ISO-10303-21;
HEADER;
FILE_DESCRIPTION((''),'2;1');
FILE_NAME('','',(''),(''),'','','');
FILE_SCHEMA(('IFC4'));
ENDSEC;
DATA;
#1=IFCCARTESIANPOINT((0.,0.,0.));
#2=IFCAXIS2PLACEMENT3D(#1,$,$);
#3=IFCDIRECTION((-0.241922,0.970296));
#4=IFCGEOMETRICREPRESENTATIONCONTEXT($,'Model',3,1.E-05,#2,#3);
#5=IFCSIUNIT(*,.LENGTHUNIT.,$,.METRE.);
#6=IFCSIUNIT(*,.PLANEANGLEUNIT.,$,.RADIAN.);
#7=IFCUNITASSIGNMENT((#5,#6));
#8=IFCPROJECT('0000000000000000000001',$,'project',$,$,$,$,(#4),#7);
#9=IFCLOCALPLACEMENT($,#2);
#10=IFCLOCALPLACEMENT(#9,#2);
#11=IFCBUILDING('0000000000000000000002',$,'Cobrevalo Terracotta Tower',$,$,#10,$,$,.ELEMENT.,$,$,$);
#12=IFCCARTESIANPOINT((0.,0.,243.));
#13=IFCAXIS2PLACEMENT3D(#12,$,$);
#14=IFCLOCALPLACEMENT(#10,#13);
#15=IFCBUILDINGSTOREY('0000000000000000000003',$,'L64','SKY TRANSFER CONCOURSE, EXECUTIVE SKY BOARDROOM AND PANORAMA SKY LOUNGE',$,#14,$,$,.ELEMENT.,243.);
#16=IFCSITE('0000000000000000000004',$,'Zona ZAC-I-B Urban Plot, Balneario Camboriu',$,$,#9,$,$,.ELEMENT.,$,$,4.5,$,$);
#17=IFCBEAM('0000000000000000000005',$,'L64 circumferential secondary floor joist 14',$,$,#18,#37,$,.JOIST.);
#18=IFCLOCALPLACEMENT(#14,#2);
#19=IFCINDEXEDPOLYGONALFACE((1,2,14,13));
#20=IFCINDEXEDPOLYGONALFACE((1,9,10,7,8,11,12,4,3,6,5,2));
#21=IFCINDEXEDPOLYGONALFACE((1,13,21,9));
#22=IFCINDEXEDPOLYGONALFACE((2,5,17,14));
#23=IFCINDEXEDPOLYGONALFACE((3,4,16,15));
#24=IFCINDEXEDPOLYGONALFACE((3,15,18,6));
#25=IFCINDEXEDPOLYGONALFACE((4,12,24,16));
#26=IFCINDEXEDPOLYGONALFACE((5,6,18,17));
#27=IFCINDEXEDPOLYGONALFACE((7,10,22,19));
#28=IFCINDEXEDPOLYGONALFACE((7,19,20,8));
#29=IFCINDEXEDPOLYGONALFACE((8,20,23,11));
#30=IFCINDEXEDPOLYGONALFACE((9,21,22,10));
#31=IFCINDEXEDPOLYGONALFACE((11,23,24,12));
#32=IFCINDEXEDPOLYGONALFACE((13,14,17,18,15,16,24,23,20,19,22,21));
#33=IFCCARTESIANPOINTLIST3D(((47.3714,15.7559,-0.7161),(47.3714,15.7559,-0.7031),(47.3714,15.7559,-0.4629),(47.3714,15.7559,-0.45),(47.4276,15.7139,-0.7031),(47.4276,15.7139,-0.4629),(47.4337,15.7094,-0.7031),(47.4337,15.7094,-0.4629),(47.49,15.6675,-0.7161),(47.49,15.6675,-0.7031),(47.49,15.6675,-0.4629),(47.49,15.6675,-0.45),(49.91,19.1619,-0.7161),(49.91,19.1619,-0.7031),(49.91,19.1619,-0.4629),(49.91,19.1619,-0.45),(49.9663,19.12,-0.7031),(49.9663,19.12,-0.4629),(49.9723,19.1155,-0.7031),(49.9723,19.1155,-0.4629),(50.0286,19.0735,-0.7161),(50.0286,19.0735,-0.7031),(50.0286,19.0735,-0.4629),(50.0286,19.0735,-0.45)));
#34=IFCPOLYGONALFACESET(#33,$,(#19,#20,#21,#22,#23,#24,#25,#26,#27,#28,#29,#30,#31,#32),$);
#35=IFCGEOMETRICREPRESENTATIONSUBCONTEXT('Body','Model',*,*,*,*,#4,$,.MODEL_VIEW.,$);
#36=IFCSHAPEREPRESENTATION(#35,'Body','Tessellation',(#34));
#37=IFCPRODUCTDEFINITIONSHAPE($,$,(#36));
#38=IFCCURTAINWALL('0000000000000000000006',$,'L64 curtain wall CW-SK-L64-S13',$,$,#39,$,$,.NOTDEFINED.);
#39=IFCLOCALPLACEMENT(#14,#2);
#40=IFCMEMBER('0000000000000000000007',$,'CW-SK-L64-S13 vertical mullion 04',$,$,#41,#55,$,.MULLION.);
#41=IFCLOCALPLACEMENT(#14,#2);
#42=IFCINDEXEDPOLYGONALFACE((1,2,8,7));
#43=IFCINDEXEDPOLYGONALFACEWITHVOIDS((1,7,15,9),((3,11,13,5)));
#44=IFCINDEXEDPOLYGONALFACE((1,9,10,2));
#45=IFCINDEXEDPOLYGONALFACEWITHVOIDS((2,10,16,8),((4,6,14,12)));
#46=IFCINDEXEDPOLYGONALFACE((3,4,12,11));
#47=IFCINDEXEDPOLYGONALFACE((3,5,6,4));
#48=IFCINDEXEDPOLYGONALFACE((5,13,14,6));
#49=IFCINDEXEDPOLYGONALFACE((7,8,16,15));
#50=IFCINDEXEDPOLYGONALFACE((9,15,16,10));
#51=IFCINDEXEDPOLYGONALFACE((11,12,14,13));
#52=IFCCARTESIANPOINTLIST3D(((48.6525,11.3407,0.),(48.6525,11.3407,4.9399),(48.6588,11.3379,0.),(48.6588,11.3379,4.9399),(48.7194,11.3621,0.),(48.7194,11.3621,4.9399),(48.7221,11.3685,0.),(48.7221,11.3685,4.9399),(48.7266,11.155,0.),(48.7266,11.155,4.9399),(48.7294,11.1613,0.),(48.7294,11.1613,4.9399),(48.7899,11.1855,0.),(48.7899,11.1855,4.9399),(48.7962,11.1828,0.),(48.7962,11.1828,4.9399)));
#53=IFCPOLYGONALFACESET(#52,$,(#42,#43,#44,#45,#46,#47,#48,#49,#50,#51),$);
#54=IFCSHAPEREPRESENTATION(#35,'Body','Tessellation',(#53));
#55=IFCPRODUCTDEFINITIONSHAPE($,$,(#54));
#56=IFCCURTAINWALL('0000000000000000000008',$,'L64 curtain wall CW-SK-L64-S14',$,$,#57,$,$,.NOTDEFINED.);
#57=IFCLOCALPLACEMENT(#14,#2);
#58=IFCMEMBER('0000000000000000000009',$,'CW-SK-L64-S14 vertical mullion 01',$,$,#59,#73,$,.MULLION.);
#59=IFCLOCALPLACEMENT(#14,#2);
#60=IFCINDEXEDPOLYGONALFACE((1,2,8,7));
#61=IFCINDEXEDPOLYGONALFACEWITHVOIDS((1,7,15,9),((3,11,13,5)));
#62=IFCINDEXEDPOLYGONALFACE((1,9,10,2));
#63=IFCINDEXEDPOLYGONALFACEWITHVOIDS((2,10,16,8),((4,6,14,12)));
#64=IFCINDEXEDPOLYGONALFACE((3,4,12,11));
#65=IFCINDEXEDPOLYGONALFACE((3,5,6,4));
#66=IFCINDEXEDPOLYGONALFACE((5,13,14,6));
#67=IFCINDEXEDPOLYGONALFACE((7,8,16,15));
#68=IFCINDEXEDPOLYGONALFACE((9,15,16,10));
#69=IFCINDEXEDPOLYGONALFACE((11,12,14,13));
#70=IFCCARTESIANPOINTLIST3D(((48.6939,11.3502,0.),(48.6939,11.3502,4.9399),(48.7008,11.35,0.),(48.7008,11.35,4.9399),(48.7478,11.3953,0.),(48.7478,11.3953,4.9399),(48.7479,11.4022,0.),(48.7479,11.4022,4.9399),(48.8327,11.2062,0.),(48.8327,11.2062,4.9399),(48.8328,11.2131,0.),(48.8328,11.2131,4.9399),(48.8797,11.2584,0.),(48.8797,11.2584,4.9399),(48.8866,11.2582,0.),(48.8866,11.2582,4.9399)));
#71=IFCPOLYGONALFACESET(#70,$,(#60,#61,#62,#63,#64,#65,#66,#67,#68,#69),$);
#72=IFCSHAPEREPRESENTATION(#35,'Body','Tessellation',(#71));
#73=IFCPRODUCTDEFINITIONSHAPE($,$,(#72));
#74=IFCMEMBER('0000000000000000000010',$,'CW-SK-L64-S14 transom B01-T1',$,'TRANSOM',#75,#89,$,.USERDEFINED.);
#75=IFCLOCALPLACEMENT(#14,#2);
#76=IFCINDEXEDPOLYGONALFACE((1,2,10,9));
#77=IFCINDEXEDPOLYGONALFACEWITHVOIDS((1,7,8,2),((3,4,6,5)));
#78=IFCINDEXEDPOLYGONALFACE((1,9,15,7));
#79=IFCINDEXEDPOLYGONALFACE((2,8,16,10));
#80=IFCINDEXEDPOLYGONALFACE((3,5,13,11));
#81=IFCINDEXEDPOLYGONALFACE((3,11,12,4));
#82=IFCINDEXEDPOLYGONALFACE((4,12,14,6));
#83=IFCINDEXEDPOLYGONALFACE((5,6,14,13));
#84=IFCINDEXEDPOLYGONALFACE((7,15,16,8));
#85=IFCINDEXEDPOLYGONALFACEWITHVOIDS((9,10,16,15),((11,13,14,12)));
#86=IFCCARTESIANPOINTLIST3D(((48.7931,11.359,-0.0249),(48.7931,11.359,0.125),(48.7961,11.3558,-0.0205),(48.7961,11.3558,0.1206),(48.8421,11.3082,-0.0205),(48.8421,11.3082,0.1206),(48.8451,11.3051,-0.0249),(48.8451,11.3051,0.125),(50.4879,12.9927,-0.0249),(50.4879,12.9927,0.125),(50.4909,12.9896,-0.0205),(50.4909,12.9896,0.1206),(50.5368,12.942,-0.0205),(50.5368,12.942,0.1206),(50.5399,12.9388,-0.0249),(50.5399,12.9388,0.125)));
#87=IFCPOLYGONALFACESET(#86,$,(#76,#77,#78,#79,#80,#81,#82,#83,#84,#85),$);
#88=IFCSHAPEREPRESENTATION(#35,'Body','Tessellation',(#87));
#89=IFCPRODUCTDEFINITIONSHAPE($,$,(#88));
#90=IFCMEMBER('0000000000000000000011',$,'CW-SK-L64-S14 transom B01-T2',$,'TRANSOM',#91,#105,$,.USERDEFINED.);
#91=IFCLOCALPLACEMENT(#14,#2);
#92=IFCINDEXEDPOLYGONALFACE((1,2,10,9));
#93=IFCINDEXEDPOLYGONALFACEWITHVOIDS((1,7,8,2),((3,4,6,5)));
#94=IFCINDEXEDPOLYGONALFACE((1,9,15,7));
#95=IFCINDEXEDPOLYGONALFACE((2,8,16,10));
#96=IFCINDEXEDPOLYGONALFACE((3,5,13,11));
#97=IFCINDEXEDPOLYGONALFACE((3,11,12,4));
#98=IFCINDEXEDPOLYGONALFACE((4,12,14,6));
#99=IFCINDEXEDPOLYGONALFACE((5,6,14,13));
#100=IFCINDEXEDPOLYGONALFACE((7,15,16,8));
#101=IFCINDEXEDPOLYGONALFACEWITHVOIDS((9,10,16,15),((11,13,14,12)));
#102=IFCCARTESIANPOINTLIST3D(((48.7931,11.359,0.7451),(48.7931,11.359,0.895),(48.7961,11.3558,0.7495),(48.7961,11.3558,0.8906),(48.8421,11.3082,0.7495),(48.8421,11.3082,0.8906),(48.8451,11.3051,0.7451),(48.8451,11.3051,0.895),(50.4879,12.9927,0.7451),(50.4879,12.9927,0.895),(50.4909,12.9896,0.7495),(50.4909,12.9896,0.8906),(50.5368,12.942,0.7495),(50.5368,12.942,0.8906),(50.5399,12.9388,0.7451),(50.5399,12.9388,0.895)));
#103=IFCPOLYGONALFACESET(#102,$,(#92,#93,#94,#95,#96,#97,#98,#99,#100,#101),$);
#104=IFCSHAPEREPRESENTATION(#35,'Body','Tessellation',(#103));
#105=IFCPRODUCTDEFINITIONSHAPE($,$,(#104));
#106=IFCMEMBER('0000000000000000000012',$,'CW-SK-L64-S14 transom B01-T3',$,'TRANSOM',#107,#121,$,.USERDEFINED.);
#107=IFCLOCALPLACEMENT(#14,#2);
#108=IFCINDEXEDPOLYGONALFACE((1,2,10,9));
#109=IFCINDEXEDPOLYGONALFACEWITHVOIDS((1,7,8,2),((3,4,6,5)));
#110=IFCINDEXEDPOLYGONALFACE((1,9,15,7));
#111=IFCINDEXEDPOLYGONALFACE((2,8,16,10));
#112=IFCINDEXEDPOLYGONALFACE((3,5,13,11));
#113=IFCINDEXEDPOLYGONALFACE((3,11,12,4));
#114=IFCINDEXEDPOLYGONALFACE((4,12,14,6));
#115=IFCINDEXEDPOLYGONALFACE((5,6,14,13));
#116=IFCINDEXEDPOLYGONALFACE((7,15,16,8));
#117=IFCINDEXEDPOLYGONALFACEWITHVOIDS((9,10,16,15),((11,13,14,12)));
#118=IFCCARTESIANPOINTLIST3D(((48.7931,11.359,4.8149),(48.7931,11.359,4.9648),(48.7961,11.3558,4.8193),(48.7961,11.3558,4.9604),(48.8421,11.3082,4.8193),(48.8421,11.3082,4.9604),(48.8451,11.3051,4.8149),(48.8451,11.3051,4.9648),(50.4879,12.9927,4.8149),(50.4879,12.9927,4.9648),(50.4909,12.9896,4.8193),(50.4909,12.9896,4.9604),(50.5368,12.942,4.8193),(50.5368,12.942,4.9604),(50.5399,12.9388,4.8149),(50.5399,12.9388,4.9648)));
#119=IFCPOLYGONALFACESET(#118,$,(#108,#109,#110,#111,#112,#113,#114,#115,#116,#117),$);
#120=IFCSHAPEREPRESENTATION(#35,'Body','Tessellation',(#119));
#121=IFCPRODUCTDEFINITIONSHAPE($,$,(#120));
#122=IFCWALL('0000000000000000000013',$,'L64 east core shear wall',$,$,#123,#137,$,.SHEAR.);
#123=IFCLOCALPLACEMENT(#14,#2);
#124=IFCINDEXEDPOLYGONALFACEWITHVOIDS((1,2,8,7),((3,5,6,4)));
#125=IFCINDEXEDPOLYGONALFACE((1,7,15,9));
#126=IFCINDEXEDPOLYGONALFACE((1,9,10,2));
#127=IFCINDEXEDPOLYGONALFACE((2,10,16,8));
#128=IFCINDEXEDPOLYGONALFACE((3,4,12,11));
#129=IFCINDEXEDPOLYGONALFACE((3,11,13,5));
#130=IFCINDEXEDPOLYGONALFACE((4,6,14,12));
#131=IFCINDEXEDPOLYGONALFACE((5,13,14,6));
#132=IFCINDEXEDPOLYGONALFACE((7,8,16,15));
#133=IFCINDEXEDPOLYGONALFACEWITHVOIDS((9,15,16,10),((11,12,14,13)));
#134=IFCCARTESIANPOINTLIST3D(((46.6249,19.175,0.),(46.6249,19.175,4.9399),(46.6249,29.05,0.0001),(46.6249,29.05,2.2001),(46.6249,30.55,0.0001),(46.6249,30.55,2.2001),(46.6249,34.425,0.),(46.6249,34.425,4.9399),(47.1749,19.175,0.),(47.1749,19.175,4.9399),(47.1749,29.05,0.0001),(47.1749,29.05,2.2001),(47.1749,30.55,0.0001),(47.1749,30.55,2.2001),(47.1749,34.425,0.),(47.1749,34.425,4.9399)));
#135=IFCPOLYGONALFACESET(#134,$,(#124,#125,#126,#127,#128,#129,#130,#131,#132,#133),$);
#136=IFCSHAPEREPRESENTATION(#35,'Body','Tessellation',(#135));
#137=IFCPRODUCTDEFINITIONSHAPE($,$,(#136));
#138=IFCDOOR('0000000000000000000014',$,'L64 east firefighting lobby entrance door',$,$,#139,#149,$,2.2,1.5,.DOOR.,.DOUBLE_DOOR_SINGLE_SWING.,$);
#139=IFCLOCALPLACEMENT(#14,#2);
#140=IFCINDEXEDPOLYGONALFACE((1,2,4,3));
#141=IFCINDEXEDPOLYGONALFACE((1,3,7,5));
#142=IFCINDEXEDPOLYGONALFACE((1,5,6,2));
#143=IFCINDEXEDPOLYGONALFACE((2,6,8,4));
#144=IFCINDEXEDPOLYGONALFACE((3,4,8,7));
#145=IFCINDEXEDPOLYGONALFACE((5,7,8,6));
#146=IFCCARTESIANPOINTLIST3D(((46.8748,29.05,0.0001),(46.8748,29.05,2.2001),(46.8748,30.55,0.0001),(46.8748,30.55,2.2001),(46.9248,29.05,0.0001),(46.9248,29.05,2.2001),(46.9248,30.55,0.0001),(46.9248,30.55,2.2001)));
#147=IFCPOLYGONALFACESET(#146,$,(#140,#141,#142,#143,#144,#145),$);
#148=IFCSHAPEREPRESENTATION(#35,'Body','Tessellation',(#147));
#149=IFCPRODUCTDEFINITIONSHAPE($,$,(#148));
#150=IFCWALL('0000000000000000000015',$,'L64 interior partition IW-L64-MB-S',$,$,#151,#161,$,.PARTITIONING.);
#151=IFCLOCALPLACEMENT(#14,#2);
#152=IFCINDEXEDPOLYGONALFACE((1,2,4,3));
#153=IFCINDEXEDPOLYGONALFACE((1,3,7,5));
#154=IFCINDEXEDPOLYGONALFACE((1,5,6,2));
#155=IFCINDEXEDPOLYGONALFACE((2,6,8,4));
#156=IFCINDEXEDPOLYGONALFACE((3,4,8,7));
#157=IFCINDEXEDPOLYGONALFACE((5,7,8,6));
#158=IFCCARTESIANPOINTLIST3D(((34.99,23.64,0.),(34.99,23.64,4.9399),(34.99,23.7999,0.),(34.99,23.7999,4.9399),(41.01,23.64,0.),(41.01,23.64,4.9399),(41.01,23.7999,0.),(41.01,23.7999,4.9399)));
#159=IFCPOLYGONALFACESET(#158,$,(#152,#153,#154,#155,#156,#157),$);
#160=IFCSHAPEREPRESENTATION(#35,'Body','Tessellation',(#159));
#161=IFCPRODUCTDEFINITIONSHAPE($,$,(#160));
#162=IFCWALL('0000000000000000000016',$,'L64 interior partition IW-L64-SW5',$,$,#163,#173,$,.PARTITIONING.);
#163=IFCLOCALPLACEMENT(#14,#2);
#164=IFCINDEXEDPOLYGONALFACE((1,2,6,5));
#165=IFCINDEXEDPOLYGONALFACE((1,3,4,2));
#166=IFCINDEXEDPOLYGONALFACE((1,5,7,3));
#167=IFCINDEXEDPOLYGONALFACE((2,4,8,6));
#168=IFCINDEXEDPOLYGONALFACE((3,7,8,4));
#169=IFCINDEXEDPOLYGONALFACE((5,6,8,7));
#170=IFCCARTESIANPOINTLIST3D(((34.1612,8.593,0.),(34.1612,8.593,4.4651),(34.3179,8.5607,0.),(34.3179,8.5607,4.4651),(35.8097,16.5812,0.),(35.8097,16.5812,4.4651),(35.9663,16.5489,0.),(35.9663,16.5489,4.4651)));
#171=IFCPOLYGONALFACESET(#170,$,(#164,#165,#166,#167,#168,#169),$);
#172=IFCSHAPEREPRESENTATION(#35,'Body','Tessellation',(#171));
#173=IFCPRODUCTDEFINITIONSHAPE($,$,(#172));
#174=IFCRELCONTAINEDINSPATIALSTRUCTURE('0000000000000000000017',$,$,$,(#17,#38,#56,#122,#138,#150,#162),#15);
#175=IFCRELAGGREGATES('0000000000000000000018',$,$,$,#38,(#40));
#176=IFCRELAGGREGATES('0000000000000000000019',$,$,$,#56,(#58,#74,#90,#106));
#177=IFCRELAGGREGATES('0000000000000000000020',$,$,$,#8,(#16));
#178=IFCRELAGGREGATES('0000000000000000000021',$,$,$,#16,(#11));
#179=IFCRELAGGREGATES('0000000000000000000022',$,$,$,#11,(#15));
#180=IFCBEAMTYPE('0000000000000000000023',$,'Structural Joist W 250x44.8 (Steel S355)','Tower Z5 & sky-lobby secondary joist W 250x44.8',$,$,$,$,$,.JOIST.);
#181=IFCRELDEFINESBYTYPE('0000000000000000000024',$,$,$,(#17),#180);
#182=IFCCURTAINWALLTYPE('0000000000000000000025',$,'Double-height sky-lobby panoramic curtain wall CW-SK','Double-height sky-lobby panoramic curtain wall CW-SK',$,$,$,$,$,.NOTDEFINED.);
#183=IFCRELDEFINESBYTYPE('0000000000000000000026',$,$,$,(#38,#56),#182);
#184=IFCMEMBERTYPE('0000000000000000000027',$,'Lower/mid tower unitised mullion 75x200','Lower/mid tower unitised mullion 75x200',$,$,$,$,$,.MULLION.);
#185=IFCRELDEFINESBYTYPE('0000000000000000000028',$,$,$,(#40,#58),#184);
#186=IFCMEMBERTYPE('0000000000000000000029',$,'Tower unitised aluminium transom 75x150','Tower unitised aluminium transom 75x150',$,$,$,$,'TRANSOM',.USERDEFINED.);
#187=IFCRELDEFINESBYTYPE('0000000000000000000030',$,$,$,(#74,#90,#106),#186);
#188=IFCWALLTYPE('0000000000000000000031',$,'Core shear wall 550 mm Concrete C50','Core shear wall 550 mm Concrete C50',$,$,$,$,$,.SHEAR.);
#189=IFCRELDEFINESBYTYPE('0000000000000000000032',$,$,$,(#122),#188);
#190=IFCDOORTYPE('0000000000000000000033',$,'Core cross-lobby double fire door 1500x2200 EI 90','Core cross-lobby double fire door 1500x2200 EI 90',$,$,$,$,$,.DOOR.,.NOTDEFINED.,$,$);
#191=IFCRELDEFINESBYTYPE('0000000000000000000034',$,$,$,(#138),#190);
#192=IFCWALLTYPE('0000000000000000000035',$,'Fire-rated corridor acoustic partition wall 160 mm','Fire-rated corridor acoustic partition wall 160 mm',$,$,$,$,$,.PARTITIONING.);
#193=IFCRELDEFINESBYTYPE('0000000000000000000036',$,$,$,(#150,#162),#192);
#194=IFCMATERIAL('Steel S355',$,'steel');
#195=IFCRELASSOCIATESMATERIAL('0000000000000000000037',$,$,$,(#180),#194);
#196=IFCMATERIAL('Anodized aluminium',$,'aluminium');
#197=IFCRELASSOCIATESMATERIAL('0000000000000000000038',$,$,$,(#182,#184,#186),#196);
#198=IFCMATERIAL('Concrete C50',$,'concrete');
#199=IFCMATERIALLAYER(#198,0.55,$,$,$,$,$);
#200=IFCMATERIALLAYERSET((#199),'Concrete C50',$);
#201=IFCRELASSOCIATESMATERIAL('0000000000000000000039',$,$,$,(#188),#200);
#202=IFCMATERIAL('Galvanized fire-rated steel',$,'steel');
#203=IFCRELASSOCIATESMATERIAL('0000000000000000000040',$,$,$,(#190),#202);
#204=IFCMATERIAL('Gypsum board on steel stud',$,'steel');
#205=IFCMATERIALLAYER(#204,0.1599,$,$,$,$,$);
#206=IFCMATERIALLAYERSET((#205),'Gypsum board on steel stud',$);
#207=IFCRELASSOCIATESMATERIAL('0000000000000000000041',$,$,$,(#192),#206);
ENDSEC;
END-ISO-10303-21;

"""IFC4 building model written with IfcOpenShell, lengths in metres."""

from ifc_helpers import new_model, si_unit, direction, frame, frame_2d, origin, origin_2d, place, context, subcontext, project, spatial, rectangle, hollow_rectangle, i_section, extrude, source, transform, mapped, material, layer, layer_set, material_profile, profile_set, type_object, element, fill, aggregate, save


model = new_model("IFC4")

# Units and contexts
model_context = context("Model", 3, precision=1e-05, world=origin(), true_north=direction((-0.241922, 0.970296)))
body_context = subcontext(model_context, "Body", "Model", "MODEL_VIEW")
ifc_project = project(units=[si_unit("LENGTHUNIT", "METRE"), si_unit("PLANEANGLEUNIT", "RADIAN")], contexts=[model_context])

# Site, building, storey
site_placement = place(None, origin())
site = spatial("IfcSite", under=ifc_project, at=site_placement, Name="Zona ZAC-I-B Urban Plot, Balneario Camboriu", CompositionType="ELEMENT", RefElevation=4.5)
building_placement = place(site_placement, origin())
building = spatial("IfcBuilding", under=site, at=building_placement, Name="Cobrevalo Terracotta Tower", CompositionType="ELEMENT")
storey_placement = place(building_placement, frame((0.0, 0.0, 243.0)))
storey = spatial("IfcBuildingStorey", under=building, at=storey_placement, Name="L64", Description="SKY TRANSFER CONCOURSE, EXECUTIVE SKY BOARDROOM AND PANORAMA SKY LOUNGE", CompositionType="ELEMENT", Elevation=243.0)

# Shared definitions
ifc_material_1 = material(Name="Steel S355", Category="steel")
ifc_material_2 = material(Name="Concrete C50", Category="concrete")

# Beam
ifc_material_profile_1 = material_profile(ifc_material_1, i_section(OverallWidth=0.1479, OverallDepth=0.2661, WebThickness=0.0076, FlangeThickness=0.0129, at=origin_2d()), Name="W 250x44.8")
ifc_profile_set_1 = profile_set([ifc_material_profile_1], Name="Steel S355")
beam_type_1 = type_object("IfcBeamType", Name="Structural Joist W 250x44.8 (Steel S355)", Description="Tower Z5 & sky-lobby secondary joist W 250x44.8", PredefinedType="JOIST", material=ifc_profile_set_1)
beam_1_placement = place(storey_placement, frame((47.4307, 15.7117, -0.583), z_axis=(0.597597, 0.801796, 0.0), x_axis=(-0.801796, 0.597597, 0.0)))
element("IfcBeam", 1, at=beam_1_placement, inside=storey, type_object=beam_type_1, Name="L64 circumferential secondary floor joist 14", PredefinedType="JOIST", context=body_context, shape_type="SweptSolid", body=[
    extrude(i_section(OverallWidth=0.1479, OverallDepth=0.2661, WebThickness=0.0076, FlangeThickness=0.0129, at=origin_2d()), origin(), (0.0, 0.0, 1.0), 4.248),
])

# Curtain wall, member
ifc_material_3 = material(Name="Anodized aluminium", Category="aluminium")
curtain_wall_type = type_object("IfcCurtainWallType", Name="Double-height sky-lobby panoramic curtain wall CW-SK", Description="Double-height sky-lobby panoramic curtain wall CW-SK", PredefinedType="NOTDEFINED", material=ifc_material_3)
curtain_wall_1_placement = place(storey_placement, origin())
curtain_wall_1 = element("IfcCurtainWall", 2, at=curtain_wall_1_placement, inside=storey, type_object=curtain_wall_type, Name="L64 curtain wall CW-SK-L64-S13", PredefinedType="NOTDEFINED")
ifc_material_profile_2 = material_profile(ifc_material_3, hollow_rectangle(XDim=0.075, YDim=0.2, WallThickness=0.0049, at=origin_2d()), Name="CWM 75x200")
ifc_profile_set_2 = profile_set([ifc_material_profile_2], Name="Anodized aluminium")
member_type_1 = type_object("IfcMemberType", Name="Lower/mid tower unitised mullion 75x200", Description="Lower/mid tower unitised mullion 75x200", PredefinedType="MULLION", material=ifc_profile_set_2)
shared_shape_1 = source(origin(), body_context, "Body", "SweptSolid", [
    extrude(hollow_rectangle(XDim=0.075, YDim=0.2, WallThickness=0.0049, at=origin_2d()), origin(), (0.0, 0.0, 1.0), 4.9399),
])
member_1_placement = place(storey_placement, frame((48.7244, 11.2617, 0.0), z_axis=(0.0, 0.0, 1.0), x_axis=(0.928719, 0.370784, 0.0)))
member_1 = element("IfcMember", 3, at=member_1_placement, type_object=member_type_1, Name="CW-SK-L64-S13 vertical mullion 04", PredefinedType="MULLION", context=body_context, shape_type="MappedRepresentation", body=[
    mapped(shared_shape_1, transform((0.0, 0.0, 0.0), scale=1.0)),
])
aggregate(curtain_wall_1, [member_1])

# Curtain wall, members
curtain_wall_2_placement = place(storey_placement, origin())
curtain_wall_2 = element("IfcCurtainWall", 4, at=curtain_wall_2_placement, inside=storey, type_object=curtain_wall_type, Name="L64 curtain wall CW-SK-L64-S14", PredefinedType="NOTDEFINED")
member_2_placement = place(storey_placement, frame((48.7903, 11.3042, 0.0), z_axis=(0.0, 0.0, 1.0), x_axis=(0.719994, 0.69398, 0.0)))
member_2 = element("IfcMember", 5, at=member_2_placement, type_object=member_type_1, Name="CW-SK-L64-S14 vertical mullion 01", PredefinedType="MULLION", context=body_context, shape_type="MappedRepresentation", body=[
    mapped(shared_shape_1, transform((0.0, 0.0, 0.0), scale=1.0)),
])
ifc_material_profile_3 = material_profile(ifc_material_3, hollow_rectangle(XDim=0.075, YDim=0.1499, WallThickness=0.0044, at=origin_2d()), Name="CWT 75x150")
ifc_profile_set_3 = profile_set([ifc_material_profile_3], Name="Anodized aluminium")
member_type_2 = type_object("IfcMemberType", Name="Tower unitised aluminium transom 75x150", Description="Tower unitised aluminium transom 75x150", ElementType="TRANSOM", PredefinedType="USERDEFINED", material=ifc_profile_set_3)
shared_shape_2 = source(origin(), body_context, "Body", "SweptSolid", [
    extrude(hollow_rectangle(XDim=0.075, YDim=0.1499, WallThickness=0.0044, at=origin_2d()), origin(), (0.0, 0.0, 1.0), 2.354),
])
member_3_placement = place(storey_placement, frame((48.8191, 11.332, 0.05), z_axis=(0.719952, 0.694024, 0.0), x_axis=(-0.694024, 0.719952, 0.0)))
member_3 = element("IfcMember", 6, at=member_3_placement, type_object=member_type_2, Name="CW-SK-L64-S14 transom B01-T1", ObjectType="TRANSOM", PredefinedType="USERDEFINED", context=body_context, shape_type="MappedRepresentation", body=[
    mapped(shared_shape_2, transform((0.0, 0.0, 0.0), scale=1.0)),
])
member_4_placement = place(storey_placement, frame((48.8191, 11.332, 0.8201), z_axis=(0.719952, 0.694024, 0.0), x_axis=(-0.694024, 0.719952, 0.0)))
member_4 = element("IfcMember", 7, at=member_4_placement, type_object=member_type_2, Name="CW-SK-L64-S14 transom B01-T2", ObjectType="TRANSOM", PredefinedType="USERDEFINED", context=body_context, shape_type="MappedRepresentation", body=[
    mapped(shared_shape_2, transform((0.0, 0.0, 0.0), scale=1.0)),
])
member_5_placement = place(storey_placement, frame((48.8191, 11.332, 4.8899), z_axis=(0.719952, 0.694024, 0.0), x_axis=(-0.694024, 0.719952, 0.0)))
member_5 = element("IfcMember", 8, at=member_5_placement, type_object=member_type_2, Name="CW-SK-L64-S14 transom B01-T3", ObjectType="TRANSOM", PredefinedType="USERDEFINED", context=body_context, shape_type="MappedRepresentation", body=[
    mapped(shared_shape_2, transform((0.0, 0.0, 0.0), scale=1.0)),
])
aggregate(curtain_wall_2, [member_2, member_3, member_4, member_5])

# Wall, opening, door
ifc_layer_1 = layer(ifc_material_2, 0.55)
ifc_layer_set_1 = layer_set([ifc_layer_1], Name="Concrete C50")
wall_type_1 = type_object("IfcWallType", Name="Core shear wall 550 mm Concrete C50", Description="Core shear wall 550 mm Concrete C50", PredefinedType="SHEAR", material=ifc_layer_set_1)
wall_1_placement = place(storey_placement, frame((46.8999, 19.175, 0.0), z_axis=(0.0, 0.0, 1.0), x_axis=(0.0, 1.0, 0.0)))
wall_1 = element("IfcWall", 9, at=wall_1_placement, inside=storey, type_object=wall_type_1, Name="L64 east core shear wall", PredefinedType="SHEAR", context=body_context, shape_type="SweptSolid", body=[
    extrude(rectangle(XDim=15.25, YDim=0.55, at=frame_2d((7.625, 0.0))), origin(), (0.0, 0.0, 1.0), 4.9399),
])
opening_1_placement = place(wall_1_placement, frame((9.875, 0.0, 0.0)))
opening_1 = element("IfcOpeningElement", 10, at=opening_1_placement, cuts=wall_1, PredefinedType="OPENING", context=body_context, shape_type="SweptSolid", body=[
    extrude(rectangle(XDim=1.5, YDim=2.2, at=frame_2d((0.75, 1.1001))), frame((0.0, 0.2852, 0.0), z_axis=(0.0, -1.0, 0.0), x_axis=(1.0, 0.0, 0.0)), (0.0, 0.0, 1.0), 0.5701),
])
ifc_material_4 = material(Name="Galvanized fire-rated steel", Category="steel")
door_type_1 = type_object("IfcDoorType", Name="Core cross-lobby double fire door 1500x2200 EI 90", Description="Core cross-lobby double fire door 1500x2200 EI 90", OperationType="NOTDEFINED", PredefinedType="DOOR", material=ifc_material_4)
shared_shape_3 = source(origin(), body_context, "Body", "SweptSolid", [
    extrude(rectangle(XDim=1.5, YDim=2.2, at=frame_2d((0.75, 1.1001))), frame((0.0, 0.0249, 0.0), z_axis=(0.0, -1.0, 0.0), x_axis=(1.0, 0.0, 0.0)), (0.0, 0.0, 1.0), 0.05),
])
door_1_placement = place(opening_1_placement, frame((1.5, 0.0, 0.0), z_axis=(0.0, 0.0, 1.0), x_axis=(-1.0, 0.0, 0.0)))
door_1 = element("IfcDoor", 11, at=door_1_placement, inside=storey, type_object=door_type_1, Name="L64 east firefighting lobby entrance door", OperationType="DOUBLE_DOOR_SINGLE_SWING", OverallHeight=2.2, OverallWidth=1.5, PredefinedType="DOOR", context=body_context, shape_type="MappedRepresentation", body=[
    mapped(shared_shape_3, transform((0.0, 0.0, 0.0), scale=1.0)),
])
fill(opening_1, door_1)

# Walls
ifc_material_5 = material(Name="Gypsum board on steel stud", Category="steel")
ifc_layer_2 = layer(ifc_material_5, 0.1599)
ifc_layer_set_2 = layer_set([ifc_layer_2], Name="Gypsum board on steel stud")
wall_type_2 = type_object("IfcWallType", Name="Fire-rated corridor acoustic partition wall 160 mm", Description="Fire-rated corridor acoustic partition wall 160 mm", PredefinedType="PARTITIONING", material=ifc_layer_set_2)
wall_2_placement = place(storey_placement, frame((34.99, 23.72, 0.0), z_axis=(0.0, 0.0, 1.0), x_axis=(1.0, 0.0, 0.0)))
element("IfcWall", 12, at=wall_2_placement, inside=storey, type_object=wall_type_2, Name="L64 interior partition IW-L64-MB-S", PredefinedType="PARTITIONING", context=body_context, shape_type="SweptSolid", body=[
    extrude(rectangle(XDim=6.02, YDim=0.1599, at=frame_2d((3.01, 0.0))), origin(), (0.0, 0.0, 1.0), 4.9399),
])
wall_3_placement = place(storey_placement, frame((35.8879, 16.5649, 0.0), z_axis=(0.0, 0.0, 1.0), x_axis=(-0.202099, -0.979365, 0.0)))
element("IfcWall", 13, at=wall_3_placement, inside=storey, type_object=wall_type_2, Name="L64 interior partition IW-L64-SW5", PredefinedType="PARTITIONING", context=body_context, shape_type="SweptSolid", body=[
    extrude(rectangle(XDim=8.1565, YDim=0.1599, at=frame_2d((4.0781, 0.0))), origin(), (0.0, 0.0, 1.0), 4.4651),
])

save(model, "model.ifc")
